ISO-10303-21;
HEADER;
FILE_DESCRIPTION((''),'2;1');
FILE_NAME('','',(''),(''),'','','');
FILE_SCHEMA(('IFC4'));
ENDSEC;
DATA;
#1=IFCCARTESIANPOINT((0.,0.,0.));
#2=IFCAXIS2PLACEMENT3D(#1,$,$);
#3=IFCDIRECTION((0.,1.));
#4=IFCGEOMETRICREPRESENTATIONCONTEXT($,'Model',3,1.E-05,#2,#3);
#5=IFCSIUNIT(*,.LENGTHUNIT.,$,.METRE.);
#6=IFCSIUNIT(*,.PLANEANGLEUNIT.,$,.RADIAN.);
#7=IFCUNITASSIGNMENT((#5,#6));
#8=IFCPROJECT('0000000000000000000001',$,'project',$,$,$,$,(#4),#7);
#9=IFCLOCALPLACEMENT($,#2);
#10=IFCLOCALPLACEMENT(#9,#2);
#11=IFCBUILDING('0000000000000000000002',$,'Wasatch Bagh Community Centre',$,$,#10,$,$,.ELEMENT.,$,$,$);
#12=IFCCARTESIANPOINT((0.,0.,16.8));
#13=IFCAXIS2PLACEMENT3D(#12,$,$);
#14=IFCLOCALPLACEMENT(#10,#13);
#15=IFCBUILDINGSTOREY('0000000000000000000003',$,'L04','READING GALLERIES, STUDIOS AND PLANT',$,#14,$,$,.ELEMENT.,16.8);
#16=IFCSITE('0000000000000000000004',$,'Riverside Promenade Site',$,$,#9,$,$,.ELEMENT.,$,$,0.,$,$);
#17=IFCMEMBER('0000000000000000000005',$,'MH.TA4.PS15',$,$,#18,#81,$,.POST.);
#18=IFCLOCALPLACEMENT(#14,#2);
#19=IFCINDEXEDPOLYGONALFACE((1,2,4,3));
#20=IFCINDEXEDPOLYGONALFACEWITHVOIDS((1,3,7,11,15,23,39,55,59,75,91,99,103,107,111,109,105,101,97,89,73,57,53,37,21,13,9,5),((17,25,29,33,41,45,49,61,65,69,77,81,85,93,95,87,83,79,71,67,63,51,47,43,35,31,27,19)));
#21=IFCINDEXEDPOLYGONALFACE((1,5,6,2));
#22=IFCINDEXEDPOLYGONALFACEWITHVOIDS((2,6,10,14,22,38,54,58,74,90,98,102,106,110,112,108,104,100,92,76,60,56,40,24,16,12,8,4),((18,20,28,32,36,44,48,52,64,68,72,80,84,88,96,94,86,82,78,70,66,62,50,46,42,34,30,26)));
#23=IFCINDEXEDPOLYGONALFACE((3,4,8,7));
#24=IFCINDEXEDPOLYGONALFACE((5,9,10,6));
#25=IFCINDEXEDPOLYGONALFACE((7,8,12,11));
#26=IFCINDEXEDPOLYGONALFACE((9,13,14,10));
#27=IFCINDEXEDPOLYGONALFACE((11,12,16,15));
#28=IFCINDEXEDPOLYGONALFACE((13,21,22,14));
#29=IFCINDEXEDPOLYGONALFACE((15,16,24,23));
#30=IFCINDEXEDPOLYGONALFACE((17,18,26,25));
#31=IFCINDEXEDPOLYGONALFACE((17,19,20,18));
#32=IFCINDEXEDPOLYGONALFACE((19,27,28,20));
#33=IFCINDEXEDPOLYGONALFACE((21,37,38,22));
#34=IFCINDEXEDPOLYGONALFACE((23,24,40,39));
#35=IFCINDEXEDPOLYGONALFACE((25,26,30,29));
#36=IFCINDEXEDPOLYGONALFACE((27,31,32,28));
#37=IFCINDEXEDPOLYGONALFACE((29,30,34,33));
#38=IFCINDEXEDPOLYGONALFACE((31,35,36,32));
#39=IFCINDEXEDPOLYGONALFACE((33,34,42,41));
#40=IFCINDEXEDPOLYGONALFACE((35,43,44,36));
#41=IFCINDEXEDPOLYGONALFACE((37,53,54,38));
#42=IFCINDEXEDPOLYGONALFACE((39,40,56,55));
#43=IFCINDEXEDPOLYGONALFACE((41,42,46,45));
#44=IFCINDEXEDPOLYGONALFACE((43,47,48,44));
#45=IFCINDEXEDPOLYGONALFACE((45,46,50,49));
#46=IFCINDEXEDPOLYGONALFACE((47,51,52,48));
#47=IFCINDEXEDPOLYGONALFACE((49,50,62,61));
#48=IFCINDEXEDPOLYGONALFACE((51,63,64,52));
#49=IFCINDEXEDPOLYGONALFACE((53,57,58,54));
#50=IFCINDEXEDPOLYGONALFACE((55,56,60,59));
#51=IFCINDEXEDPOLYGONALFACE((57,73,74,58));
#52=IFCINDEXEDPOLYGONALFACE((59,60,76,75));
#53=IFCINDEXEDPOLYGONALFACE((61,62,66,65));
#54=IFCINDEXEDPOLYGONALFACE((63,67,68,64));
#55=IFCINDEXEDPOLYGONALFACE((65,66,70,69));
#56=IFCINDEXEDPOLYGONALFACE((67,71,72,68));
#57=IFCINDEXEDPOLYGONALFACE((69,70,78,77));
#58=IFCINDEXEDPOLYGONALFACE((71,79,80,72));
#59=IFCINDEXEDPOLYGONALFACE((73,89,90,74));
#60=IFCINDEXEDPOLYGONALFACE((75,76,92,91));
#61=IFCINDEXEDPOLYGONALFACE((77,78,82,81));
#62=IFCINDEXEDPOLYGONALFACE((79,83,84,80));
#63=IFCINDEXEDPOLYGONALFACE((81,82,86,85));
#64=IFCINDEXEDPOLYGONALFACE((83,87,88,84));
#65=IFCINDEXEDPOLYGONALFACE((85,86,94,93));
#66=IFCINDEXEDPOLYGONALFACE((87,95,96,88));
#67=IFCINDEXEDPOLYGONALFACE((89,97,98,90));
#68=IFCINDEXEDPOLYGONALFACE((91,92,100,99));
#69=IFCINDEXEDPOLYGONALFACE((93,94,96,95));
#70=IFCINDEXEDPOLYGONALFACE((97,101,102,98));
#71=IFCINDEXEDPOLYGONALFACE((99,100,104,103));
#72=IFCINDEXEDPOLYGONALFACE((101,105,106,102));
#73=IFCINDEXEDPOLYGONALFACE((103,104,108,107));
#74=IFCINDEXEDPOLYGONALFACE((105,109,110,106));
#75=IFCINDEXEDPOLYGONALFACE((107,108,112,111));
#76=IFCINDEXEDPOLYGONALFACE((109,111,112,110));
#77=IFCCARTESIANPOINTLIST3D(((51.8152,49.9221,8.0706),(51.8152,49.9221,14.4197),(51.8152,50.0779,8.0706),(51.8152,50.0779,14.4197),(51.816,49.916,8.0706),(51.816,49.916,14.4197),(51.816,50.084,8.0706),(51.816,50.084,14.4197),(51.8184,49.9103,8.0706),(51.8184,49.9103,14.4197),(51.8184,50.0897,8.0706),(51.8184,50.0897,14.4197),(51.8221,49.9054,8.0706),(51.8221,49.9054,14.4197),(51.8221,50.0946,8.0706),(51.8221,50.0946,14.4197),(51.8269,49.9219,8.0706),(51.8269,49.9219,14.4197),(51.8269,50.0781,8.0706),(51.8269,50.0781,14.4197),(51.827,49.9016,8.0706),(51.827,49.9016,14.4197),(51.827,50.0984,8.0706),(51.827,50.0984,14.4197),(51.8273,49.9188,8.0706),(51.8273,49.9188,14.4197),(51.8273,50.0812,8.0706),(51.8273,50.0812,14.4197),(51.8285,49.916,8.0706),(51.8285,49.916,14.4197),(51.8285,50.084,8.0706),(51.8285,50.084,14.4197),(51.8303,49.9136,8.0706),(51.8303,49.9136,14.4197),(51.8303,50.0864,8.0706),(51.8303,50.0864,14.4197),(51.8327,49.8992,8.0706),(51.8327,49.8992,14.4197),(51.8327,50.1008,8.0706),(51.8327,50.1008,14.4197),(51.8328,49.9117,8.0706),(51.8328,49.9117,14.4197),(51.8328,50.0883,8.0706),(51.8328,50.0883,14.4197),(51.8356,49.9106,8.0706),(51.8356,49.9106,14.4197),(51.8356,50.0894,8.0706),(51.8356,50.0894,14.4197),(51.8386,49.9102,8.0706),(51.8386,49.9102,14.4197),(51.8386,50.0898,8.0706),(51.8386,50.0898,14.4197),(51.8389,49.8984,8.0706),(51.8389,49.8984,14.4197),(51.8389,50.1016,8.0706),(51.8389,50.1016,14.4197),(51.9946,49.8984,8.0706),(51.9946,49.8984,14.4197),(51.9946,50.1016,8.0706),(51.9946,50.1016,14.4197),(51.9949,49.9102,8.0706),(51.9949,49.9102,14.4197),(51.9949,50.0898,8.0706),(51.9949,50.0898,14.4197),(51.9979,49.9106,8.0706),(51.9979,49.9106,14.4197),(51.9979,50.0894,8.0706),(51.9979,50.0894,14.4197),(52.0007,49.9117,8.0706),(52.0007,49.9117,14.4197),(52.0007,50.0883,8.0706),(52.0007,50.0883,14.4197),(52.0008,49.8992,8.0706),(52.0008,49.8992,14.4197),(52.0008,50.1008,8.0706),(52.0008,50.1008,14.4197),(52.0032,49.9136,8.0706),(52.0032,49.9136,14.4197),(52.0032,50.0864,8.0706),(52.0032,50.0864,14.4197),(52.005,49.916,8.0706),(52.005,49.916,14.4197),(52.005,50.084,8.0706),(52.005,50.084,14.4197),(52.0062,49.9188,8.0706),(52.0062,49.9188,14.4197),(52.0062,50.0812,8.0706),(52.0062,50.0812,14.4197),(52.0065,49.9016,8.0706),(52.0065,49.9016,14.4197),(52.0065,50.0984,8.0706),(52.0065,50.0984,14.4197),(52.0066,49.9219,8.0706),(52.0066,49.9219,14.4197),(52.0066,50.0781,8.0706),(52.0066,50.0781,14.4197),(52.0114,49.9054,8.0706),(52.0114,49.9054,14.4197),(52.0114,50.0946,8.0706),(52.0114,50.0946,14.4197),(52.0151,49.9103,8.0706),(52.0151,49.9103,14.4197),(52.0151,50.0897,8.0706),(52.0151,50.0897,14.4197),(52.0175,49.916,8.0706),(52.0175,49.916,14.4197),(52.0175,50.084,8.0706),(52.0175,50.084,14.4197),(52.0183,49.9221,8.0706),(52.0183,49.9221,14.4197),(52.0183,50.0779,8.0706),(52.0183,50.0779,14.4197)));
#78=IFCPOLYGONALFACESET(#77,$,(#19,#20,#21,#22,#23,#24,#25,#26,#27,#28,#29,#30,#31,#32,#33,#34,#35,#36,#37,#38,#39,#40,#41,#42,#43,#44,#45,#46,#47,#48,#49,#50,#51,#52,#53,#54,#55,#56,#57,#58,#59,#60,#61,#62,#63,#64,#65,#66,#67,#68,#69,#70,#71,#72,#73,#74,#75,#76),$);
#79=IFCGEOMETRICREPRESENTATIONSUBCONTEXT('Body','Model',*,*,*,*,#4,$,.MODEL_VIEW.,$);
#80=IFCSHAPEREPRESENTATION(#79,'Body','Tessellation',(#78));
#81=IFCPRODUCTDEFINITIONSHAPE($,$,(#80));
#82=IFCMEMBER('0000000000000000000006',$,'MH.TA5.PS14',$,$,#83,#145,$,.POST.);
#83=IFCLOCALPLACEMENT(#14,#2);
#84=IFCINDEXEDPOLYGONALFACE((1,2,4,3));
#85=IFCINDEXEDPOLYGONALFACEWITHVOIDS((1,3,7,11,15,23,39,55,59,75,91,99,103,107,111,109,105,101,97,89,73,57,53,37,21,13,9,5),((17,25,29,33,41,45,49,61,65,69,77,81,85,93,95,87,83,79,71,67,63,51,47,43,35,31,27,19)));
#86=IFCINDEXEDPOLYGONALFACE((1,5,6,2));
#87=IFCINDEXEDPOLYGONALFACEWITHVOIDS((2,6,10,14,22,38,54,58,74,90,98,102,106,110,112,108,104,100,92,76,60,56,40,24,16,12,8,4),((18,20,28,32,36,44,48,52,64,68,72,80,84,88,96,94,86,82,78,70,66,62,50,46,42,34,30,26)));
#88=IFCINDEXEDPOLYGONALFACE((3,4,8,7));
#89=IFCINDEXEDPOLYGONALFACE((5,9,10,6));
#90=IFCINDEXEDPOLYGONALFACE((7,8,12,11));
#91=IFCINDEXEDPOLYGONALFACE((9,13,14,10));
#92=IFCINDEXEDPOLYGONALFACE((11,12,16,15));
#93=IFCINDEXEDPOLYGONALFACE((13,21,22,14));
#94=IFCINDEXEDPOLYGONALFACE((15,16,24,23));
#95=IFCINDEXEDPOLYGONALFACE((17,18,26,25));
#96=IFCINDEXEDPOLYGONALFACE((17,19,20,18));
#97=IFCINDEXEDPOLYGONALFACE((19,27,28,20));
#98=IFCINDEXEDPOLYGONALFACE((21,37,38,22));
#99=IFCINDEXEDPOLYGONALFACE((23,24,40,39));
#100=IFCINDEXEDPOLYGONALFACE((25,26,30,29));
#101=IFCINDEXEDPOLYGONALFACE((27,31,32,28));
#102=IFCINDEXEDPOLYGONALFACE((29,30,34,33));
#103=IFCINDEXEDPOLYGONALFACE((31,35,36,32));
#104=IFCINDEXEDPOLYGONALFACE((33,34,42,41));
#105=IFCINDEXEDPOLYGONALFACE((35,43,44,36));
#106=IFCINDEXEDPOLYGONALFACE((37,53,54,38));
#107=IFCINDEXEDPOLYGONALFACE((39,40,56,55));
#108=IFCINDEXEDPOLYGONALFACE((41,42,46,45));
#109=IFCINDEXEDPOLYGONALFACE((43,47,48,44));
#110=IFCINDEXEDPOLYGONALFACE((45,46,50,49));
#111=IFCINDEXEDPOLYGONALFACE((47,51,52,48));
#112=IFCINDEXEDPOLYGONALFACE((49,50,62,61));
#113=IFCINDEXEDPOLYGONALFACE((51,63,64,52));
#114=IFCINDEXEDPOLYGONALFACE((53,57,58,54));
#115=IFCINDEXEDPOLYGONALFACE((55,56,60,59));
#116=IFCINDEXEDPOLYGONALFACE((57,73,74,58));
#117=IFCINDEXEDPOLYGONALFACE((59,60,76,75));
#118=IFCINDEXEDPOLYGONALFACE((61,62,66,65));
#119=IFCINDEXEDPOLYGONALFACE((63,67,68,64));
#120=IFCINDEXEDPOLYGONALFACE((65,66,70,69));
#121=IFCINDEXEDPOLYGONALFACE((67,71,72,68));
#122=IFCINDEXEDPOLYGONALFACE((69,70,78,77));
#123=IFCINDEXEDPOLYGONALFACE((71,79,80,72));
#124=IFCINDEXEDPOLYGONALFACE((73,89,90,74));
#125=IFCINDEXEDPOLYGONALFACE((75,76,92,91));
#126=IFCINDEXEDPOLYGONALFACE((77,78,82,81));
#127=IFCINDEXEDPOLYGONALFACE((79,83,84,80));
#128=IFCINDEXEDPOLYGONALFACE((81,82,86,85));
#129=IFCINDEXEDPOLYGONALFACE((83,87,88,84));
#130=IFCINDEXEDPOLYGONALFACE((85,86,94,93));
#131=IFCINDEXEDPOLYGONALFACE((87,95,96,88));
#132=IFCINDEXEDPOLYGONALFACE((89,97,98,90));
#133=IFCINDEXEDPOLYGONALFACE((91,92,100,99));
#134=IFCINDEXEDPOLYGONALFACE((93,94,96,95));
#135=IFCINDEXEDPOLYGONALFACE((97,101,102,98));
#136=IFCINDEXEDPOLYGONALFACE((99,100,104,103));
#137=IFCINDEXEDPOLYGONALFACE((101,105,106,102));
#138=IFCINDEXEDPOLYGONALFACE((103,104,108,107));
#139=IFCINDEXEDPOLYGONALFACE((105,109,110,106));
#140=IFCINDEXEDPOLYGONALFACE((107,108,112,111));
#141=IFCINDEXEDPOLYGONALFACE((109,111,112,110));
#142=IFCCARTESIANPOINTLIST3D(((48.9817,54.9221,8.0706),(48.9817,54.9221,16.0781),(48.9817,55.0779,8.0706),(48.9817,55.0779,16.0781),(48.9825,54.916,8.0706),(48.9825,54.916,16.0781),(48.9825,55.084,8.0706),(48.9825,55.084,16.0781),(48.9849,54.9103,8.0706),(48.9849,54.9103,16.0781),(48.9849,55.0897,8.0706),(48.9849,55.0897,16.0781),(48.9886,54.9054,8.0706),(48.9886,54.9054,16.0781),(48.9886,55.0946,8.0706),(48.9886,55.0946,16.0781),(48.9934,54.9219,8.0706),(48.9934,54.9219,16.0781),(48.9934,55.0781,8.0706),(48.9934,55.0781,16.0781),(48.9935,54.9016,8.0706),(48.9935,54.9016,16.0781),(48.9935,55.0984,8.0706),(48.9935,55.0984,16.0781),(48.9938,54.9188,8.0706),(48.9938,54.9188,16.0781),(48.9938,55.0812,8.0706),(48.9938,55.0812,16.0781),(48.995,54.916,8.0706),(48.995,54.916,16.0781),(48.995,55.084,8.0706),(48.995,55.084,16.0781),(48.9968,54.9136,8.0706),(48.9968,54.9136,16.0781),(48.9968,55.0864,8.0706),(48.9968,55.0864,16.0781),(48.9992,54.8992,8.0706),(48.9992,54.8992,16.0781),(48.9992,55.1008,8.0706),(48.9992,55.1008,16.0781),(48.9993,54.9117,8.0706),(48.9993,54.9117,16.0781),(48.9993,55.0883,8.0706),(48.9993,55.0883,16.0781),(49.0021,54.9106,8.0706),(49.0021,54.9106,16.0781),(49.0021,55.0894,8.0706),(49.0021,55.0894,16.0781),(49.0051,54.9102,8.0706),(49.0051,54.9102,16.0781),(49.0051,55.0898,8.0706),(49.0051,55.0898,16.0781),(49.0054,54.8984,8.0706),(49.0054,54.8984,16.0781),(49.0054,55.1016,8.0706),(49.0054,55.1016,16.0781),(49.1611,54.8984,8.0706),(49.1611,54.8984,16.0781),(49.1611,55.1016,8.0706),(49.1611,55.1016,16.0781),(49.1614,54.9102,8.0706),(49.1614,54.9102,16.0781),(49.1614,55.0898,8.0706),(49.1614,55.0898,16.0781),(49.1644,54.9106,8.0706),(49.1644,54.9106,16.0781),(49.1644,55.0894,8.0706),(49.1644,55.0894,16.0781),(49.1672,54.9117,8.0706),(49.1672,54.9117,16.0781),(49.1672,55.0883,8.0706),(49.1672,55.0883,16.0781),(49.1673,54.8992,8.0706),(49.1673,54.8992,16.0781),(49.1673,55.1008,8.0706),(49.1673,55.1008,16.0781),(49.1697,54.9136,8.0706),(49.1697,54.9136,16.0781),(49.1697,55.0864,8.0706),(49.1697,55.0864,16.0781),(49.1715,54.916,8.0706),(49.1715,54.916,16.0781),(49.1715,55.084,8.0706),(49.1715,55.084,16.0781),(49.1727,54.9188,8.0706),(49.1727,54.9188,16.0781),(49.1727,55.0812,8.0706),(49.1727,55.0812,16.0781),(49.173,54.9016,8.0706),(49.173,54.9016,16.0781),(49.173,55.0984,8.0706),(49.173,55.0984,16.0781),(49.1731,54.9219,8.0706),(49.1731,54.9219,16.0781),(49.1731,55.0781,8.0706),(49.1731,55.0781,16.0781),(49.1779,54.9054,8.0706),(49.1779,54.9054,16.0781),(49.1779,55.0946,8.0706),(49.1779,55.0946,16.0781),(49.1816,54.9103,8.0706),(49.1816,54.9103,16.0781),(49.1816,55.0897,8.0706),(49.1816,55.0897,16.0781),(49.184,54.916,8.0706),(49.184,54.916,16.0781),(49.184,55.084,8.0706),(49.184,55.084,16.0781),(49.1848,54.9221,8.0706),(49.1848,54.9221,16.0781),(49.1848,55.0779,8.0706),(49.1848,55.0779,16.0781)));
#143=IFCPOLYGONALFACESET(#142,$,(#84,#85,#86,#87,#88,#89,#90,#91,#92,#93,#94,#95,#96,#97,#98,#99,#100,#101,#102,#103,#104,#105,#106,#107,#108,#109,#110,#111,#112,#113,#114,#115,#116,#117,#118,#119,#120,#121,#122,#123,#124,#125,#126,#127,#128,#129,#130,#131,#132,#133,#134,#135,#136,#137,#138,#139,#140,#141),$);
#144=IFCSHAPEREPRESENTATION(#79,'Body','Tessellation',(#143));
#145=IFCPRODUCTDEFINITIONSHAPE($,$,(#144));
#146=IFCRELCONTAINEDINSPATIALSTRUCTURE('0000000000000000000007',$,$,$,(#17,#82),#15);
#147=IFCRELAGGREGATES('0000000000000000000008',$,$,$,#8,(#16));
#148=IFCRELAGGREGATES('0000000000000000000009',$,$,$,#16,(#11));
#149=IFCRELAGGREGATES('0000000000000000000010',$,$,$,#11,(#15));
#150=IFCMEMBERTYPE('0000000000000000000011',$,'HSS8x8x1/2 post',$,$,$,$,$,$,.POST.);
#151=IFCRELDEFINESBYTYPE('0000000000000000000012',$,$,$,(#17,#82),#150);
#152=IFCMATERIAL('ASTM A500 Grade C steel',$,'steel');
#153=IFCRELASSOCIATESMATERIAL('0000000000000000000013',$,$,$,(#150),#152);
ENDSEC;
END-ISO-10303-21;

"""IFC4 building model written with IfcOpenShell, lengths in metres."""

from ifc_helpers import new_model, si_unit, direction, frame, origin, origin_2d, place, context, subcontext, project, spatial, hollow_rectangle, extrude, material, material_profile, profile_set, type_object, element, save


model = new_model("IFC4")

# Units and contexts
model_context = context("Model", 3, precision=1e-05, world=origin(), true_north=direction((0.0, 1.0)))
body_context = subcontext(model_context, "Body", "Model", "MODEL_VIEW")
ifc_project = project(units=[si_unit("LENGTHUNIT", "METRE"), si_unit("PLANEANGLEUNIT", "RADIAN")], contexts=[model_context])

# Site, building, storey
site_placement = place(None, origin())
site = spatial("IfcSite", under=ifc_project, at=site_placement, Name="Riverside Promenade Site", CompositionType="ELEMENT", RefElevation=0.0)
building_placement = place(site_placement, origin())
building = spatial("IfcBuilding", under=site, at=building_placement, Name="Wasatch Bagh Community Centre", CompositionType="ELEMENT")
storey_placement = place(building_placement, frame((0.0, 0.0, 16.8)))
storey = spatial("IfcBuildingStorey", under=building, at=storey_placement, Name="L04", Description="READING GALLERIES, STUDIOS AND PLANT", CompositionType="ELEMENT", Elevation=16.8)

# Members
ifc_material_1 = material(Name="ASTM A500 Grade C steel", Category="steel")
ifc_material_profile_1 = material_profile(ifc_material_1, hollow_rectangle(XDim=0.2031, YDim=0.2031, WallThickness=0.0117, InnerFilletRadius=0.0117, OuterFilletRadius=0.0237, at=origin_2d()), Name="HSS8x8x1/2")
ifc_profile_set_1 = profile_set([ifc_material_profile_1], Name="ASTM A500 Grade C steel")
member_type_1 = type_object("IfcMemberType", Name="HSS8x8x1/2 post", PredefinedType="POST", material=ifc_profile_set_1)
member_1_placement = place(storey_placement, frame((51.9167, 50.0, 8.0706), z_axis=(0.0, 0.0, 1.0), x_axis=(1.0, 0.0, 0.0)))
element("IfcMember", 1, at=member_1_placement, inside=storey, type_object=member_type_1, Name="MH.TA4.PS15", PredefinedType="POST", context=body_context, shape_type="SweptSolid", body=[
    extrude(hollow_rectangle(XDim=0.2031, YDim=0.2031, WallThickness=0.0117, InnerFilletRadius=0.0117, OuterFilletRadius=0.0237, at=origin_2d()), origin(), (0.0, 0.0, 1.0), 6.3491),
])
member_2_placement = place(storey_placement, frame((49.0833, 55.0, 8.0706), z_axis=(0.0, 0.0, 1.0), x_axis=(1.0, 0.0, 0.0)))
element("IfcMember", 2, at=member_2_placement, inside=storey, type_object=member_type_1, Name="MH.TA5.PS14", PredefinedType="POST", context=body_context, shape_type="SweptSolid", body=[
    extrude(hollow_rectangle(XDim=0.2031, YDim=0.2031, WallThickness=0.0117, InnerFilletRadius=0.0117, OuterFilletRadius=0.0237, at=origin_2d()), origin(), (0.0, 0.0, 1.0), 8.0076),
])

save(model, "model.ifc")
